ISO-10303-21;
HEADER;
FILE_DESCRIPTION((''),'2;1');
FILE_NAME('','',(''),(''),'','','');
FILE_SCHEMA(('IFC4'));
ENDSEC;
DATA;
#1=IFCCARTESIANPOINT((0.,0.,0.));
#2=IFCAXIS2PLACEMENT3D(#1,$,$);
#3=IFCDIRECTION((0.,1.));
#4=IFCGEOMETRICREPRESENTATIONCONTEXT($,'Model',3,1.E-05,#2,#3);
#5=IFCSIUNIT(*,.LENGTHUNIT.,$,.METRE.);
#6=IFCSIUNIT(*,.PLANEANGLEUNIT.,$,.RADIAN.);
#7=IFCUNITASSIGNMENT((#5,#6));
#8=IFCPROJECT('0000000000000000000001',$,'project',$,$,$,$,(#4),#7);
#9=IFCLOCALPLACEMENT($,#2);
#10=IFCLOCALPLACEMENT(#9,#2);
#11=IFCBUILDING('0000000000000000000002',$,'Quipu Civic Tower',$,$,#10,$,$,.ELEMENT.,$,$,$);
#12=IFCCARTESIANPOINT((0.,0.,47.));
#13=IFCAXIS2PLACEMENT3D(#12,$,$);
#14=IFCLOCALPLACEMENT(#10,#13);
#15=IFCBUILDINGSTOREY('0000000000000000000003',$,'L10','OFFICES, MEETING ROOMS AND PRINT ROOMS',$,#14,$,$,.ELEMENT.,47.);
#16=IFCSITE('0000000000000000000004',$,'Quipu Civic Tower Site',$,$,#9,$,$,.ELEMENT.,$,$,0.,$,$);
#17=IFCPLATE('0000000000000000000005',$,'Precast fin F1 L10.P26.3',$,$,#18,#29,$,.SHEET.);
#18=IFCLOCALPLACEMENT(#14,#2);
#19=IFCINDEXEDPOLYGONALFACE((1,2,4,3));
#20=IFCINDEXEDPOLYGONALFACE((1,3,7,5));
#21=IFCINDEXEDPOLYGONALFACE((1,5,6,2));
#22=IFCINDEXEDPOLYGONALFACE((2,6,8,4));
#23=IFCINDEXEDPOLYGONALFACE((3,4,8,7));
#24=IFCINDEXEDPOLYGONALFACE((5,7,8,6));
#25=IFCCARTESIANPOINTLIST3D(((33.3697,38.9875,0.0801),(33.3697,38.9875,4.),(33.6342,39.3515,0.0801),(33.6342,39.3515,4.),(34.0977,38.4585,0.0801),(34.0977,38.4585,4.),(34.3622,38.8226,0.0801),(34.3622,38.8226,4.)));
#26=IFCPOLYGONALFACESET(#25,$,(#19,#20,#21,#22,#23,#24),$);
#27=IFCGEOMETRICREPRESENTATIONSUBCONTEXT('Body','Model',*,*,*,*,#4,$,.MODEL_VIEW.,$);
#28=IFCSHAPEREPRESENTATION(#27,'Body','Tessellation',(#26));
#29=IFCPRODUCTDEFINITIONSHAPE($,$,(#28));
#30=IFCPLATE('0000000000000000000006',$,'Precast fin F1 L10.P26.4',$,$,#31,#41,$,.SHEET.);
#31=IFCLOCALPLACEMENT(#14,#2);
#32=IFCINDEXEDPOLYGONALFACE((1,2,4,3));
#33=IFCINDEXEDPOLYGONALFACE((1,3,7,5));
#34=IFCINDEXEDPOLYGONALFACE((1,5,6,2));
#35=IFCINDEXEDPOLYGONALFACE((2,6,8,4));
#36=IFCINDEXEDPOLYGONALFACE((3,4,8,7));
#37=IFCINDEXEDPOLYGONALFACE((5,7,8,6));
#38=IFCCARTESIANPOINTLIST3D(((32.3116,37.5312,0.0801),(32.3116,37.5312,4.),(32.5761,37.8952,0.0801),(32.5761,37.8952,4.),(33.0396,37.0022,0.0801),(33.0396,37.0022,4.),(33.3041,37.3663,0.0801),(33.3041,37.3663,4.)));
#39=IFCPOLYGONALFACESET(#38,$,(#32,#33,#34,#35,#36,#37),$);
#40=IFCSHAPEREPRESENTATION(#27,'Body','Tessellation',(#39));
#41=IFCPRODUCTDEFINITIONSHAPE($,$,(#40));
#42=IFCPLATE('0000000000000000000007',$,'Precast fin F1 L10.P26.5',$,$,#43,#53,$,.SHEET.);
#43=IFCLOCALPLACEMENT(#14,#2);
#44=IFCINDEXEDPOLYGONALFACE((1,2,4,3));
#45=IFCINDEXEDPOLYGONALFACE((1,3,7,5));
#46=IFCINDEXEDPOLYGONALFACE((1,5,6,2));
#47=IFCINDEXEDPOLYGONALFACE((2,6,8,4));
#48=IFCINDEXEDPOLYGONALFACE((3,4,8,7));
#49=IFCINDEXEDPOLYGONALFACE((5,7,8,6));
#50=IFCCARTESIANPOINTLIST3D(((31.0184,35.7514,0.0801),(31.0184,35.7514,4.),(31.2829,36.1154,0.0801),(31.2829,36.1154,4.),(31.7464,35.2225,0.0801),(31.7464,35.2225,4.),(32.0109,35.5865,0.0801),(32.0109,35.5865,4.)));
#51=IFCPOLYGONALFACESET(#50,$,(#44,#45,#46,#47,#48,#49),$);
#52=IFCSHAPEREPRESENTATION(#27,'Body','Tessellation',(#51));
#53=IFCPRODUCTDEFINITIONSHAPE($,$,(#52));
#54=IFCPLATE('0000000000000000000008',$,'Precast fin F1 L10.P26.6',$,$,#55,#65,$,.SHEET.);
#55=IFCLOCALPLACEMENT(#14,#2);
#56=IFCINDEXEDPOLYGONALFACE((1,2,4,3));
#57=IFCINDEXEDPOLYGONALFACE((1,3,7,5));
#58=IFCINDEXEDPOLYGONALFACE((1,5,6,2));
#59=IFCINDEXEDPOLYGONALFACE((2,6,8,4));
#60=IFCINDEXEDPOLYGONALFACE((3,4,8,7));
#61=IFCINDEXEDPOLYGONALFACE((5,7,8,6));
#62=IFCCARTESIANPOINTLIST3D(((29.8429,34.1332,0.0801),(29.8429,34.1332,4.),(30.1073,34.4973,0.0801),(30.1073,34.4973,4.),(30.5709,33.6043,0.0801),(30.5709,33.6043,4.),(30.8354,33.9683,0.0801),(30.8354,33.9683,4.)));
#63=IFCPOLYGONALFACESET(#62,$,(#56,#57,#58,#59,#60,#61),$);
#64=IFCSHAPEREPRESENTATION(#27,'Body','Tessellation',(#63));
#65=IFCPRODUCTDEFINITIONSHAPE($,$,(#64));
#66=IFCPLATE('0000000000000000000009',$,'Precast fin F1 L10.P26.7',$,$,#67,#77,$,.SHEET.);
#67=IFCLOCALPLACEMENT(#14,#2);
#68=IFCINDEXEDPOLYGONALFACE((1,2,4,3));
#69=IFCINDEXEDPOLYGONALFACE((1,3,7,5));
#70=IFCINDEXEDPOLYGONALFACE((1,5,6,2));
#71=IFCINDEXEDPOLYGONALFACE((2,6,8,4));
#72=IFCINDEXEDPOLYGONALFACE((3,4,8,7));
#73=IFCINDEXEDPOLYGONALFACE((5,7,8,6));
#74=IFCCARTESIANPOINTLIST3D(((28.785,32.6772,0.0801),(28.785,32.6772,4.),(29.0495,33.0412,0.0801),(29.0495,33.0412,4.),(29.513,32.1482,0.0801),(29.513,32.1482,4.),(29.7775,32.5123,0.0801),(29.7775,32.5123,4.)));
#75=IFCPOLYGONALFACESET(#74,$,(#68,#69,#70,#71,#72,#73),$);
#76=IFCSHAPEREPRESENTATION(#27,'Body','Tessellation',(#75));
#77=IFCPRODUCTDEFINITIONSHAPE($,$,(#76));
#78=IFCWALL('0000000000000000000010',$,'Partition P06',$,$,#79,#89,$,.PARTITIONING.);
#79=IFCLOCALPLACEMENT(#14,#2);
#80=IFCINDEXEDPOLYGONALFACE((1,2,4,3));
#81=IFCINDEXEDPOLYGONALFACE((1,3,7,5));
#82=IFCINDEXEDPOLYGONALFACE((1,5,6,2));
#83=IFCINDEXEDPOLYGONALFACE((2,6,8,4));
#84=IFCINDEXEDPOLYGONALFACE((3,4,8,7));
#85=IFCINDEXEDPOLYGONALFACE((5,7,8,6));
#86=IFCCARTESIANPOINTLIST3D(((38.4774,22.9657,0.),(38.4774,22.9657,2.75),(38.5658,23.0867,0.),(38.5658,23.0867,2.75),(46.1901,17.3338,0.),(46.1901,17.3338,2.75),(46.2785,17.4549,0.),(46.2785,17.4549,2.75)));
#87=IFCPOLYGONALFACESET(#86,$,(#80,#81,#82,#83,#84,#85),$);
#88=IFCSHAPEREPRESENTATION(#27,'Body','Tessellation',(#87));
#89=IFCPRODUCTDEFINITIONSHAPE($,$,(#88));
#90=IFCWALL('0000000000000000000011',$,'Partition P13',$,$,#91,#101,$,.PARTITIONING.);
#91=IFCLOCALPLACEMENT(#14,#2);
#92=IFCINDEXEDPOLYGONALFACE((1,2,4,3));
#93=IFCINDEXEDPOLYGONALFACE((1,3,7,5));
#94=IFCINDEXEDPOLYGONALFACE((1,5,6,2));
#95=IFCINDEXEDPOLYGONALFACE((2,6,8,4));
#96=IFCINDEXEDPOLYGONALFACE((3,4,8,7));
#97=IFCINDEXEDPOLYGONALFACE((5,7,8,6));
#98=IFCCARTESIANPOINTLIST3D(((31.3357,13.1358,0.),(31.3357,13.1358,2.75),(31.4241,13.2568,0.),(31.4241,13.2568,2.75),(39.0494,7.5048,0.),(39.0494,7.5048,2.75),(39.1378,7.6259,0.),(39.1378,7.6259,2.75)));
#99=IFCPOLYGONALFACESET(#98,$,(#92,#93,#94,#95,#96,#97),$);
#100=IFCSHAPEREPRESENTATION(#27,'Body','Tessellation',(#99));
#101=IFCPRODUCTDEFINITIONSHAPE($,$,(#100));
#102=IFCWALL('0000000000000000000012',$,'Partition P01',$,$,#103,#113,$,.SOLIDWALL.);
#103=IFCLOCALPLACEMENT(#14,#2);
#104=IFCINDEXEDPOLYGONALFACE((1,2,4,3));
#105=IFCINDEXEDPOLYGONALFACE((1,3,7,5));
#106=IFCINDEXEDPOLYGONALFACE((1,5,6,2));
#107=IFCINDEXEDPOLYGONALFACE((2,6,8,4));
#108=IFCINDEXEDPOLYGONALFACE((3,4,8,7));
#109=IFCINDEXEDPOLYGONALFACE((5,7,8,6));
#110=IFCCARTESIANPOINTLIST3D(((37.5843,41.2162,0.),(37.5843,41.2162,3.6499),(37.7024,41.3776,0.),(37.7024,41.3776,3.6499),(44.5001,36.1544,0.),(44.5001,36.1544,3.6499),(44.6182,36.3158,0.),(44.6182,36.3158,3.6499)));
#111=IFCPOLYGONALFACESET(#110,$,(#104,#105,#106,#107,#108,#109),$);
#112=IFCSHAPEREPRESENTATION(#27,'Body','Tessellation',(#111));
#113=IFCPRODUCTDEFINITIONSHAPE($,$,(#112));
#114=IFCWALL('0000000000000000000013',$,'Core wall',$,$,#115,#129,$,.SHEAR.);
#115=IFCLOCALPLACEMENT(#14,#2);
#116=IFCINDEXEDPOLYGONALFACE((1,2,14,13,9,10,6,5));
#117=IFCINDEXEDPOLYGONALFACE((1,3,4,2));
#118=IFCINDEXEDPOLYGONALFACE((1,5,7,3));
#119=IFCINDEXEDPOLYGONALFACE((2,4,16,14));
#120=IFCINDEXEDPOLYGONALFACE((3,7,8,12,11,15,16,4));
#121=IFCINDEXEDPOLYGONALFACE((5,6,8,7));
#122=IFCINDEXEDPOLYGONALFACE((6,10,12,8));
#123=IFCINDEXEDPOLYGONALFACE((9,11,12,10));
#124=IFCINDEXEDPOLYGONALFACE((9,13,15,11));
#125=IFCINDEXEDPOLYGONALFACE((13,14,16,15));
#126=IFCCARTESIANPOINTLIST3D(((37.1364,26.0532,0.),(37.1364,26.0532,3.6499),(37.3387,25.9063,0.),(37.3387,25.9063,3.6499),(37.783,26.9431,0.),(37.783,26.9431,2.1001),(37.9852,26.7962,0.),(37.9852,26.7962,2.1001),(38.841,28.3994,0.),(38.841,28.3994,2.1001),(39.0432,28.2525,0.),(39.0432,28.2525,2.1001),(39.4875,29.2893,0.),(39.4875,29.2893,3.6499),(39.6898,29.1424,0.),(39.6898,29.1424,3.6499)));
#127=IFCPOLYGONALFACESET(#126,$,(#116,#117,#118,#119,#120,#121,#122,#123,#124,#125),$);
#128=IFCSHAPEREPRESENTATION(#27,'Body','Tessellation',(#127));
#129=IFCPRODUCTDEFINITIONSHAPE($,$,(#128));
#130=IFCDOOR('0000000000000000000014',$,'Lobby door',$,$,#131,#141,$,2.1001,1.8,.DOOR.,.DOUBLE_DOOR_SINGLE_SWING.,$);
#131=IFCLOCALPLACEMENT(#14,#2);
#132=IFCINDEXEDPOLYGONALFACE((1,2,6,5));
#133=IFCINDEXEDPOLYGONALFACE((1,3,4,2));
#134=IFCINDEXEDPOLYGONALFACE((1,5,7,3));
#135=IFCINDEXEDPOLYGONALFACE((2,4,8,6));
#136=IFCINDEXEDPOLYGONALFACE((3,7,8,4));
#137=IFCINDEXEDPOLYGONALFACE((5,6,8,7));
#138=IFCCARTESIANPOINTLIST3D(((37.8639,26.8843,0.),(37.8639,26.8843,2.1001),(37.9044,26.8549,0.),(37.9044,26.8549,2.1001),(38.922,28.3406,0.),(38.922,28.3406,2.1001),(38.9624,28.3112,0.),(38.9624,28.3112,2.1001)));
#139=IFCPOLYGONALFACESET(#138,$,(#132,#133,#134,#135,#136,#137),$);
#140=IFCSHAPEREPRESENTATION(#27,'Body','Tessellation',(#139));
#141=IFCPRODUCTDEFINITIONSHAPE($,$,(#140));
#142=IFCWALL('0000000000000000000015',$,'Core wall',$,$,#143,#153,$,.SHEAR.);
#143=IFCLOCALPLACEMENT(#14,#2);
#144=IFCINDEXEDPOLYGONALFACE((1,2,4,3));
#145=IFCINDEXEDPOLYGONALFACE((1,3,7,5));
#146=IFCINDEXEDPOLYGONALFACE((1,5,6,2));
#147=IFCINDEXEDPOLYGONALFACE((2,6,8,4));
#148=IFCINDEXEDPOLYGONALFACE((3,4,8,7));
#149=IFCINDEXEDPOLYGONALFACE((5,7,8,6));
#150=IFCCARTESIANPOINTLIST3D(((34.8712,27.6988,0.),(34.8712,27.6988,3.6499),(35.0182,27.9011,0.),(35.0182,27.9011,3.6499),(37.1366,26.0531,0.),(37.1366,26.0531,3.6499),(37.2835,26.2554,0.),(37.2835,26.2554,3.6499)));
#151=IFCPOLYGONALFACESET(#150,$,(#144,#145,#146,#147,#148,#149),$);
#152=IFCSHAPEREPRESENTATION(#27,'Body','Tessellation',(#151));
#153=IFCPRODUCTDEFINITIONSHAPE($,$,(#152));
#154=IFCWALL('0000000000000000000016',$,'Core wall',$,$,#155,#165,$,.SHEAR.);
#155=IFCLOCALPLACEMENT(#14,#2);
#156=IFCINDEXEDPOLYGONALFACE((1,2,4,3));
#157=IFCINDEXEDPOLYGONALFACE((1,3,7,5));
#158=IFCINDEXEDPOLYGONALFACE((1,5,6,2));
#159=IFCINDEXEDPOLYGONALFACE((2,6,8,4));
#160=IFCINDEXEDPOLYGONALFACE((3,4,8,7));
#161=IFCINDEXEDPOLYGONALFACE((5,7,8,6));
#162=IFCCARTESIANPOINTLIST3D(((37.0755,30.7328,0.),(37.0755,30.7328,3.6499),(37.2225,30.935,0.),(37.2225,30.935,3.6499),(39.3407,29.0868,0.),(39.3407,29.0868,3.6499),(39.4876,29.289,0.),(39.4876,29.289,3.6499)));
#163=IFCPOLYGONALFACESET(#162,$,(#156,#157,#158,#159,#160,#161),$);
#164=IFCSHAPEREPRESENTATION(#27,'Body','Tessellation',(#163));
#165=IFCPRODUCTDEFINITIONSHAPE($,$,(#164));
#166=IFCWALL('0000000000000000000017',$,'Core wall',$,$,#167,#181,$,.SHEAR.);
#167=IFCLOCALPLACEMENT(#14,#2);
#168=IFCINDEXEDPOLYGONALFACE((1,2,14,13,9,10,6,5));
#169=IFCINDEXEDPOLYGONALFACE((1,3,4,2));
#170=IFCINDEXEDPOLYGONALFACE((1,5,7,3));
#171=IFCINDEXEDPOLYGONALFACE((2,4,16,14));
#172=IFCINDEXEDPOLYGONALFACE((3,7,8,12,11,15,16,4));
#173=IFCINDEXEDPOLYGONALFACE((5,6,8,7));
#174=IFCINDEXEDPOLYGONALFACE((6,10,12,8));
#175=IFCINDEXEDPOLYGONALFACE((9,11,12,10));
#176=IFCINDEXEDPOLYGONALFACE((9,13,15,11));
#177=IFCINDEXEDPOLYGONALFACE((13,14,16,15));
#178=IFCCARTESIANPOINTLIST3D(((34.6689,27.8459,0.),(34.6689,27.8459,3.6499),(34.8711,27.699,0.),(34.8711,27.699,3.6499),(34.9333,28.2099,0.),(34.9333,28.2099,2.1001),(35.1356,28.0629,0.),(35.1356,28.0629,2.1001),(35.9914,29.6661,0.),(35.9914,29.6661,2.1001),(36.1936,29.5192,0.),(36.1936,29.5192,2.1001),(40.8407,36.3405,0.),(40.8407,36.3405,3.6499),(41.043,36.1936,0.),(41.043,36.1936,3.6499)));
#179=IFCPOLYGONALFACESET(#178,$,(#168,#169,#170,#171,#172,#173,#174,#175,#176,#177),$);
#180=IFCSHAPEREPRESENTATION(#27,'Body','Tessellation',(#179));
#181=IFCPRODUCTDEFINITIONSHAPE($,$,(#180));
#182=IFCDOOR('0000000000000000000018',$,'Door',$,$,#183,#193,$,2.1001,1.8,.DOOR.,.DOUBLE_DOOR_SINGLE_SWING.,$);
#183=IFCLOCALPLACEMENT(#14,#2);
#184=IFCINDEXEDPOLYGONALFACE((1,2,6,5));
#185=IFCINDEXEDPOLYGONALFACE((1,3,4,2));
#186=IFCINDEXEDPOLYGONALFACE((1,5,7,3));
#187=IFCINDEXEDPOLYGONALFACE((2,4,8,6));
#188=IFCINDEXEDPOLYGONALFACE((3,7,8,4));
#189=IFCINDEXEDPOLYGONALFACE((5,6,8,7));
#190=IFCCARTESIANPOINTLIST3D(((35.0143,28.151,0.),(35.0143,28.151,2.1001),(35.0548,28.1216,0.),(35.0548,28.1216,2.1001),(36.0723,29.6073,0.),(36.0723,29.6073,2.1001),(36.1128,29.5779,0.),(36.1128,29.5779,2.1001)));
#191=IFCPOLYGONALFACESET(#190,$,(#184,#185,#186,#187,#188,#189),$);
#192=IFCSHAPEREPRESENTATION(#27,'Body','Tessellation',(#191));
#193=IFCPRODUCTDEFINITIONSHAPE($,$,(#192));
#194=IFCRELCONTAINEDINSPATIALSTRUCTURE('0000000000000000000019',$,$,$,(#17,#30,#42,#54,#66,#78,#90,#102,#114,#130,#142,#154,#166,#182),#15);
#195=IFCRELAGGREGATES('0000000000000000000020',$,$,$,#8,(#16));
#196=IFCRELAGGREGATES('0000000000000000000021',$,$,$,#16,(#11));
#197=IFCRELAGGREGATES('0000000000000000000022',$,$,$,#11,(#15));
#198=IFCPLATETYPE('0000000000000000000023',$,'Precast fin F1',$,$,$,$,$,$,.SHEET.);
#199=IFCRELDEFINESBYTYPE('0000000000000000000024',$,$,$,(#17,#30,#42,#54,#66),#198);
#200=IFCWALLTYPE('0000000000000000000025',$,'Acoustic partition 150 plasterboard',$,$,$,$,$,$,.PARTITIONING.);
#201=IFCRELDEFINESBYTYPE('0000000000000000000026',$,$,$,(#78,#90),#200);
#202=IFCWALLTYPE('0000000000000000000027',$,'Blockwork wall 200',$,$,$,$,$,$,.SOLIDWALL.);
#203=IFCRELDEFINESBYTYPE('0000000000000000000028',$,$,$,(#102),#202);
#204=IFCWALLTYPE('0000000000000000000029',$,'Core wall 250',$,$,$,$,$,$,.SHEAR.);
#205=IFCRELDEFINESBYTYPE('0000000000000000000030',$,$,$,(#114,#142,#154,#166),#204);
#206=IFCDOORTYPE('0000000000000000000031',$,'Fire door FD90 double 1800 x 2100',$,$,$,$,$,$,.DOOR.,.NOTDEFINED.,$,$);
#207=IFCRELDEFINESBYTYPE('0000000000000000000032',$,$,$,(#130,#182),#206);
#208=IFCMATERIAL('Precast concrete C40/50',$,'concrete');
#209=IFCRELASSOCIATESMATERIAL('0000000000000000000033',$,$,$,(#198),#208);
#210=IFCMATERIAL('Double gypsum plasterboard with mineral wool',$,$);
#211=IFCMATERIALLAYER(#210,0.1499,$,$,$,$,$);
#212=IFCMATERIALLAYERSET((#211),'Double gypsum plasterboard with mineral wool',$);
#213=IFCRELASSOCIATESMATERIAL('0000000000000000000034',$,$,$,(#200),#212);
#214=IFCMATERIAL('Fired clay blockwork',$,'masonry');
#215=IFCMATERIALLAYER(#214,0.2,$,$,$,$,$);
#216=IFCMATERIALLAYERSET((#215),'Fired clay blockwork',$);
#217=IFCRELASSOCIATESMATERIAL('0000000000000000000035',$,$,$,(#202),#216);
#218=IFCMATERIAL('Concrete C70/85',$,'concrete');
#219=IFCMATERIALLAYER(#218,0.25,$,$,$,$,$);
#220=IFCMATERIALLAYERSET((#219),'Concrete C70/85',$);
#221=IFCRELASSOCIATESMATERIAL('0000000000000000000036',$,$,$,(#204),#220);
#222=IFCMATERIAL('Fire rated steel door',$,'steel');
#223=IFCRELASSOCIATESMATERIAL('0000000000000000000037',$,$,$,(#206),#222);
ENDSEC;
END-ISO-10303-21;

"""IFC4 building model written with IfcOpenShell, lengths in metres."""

from ifc_helpers import new_model, si_unit, direction, frame, frame_2d, origin, origin_2d, place, context, subcontext, project, spatial, rectangle, extrude, material, layer, layer_set, type_object, element, fill, save


model = new_model("IFC4")

# Units and contexts
model_context = context("Model", 3, precision=1e-05, world=origin(), true_north=direction((0.0, 1.0)))
body_context = subcontext(model_context, "Body", "Model", "MODEL_VIEW")
ifc_project = project(units=[si_unit("LENGTHUNIT", "METRE"), si_unit("PLANEANGLEUNIT", "RADIAN")], contexts=[model_context])

# Site, building, storey
site_placement = place(None, origin())
site = spatial("IfcSite", under=ifc_project, at=site_placement, Name="Quipu Civic Tower Site", CompositionType="ELEMENT", RefElevation=0.0)
building_placement = place(site_placement, origin())
building = spatial("IfcBuilding", under=site, at=building_placement, Name="Quipu Civic Tower", CompositionType="ELEMENT")
storey_placement = place(building_placement, frame((0.0, 0.0, 47.0)))
storey = spatial("IfcBuildingStorey", under=building, at=storey_placement, Name="L10", Description="OFFICES, MEETING ROOMS AND PRINT ROOMS", CompositionType="ELEMENT", Elevation=47.0)

# Plates
ifc_material_1 = material(Name="Precast concrete C40/50", Category="concrete")
plate_type_1 = type_object("IfcPlateType", Name="Precast fin F1", PredefinedType="SHEET", material=ifc_material_1)
for number, where, z_axis, x_axis, name in (
    (1, (33.866, 38.905, 0.0801), (0.0, 0.0, 1.0), (-0.587785, -0.809017, 0.0), "Precast fin F1 L10.P26.3"),
    (2, (32.8079, 37.4487, 0.0801), (0.0, 0.0, 1.0), (-0.587785, -0.809017, 0.0), "Precast fin F1 L10.P26.4"),
    (3, (31.5146, 35.6689, 0.0801), (0.0, 0.0, 1.0), (-0.587785, -0.809017, 0.0), "Precast fin F1 L10.P26.5"),
    (4, (30.3391, 34.0508, 0.0801), (0.0, 0.0, 1.0), (-0.587785, -0.809017, 0.0), "Precast fin F1 L10.P26.6"),
    (5, (29.2812, 32.5947, 0.0801), (0.0, 0.0, 1.0), (-0.587785, -0.809017, 0.0), "Precast fin F1 L10.P26.7"),
):
    element("IfcPlate", number, at=place(storey_placement, frame(where, z_axis=z_axis, x_axis=x_axis)), inside=storey, type_object=plate_type_1, Name=name, PredefinedType="SHEET", context=body_context, shape_type="SweptSolid", body=[
        extrude(rectangle(XDim=0.45, YDim=0.8999, at=origin_2d()), origin(), (0.0, 0.0, 1.0), 3.9199),
    ])

# Walls
ifc_material_2 = material(Name="Double gypsum plasterboard with mineral wool")
ifc_layer_1 = layer(ifc_material_2, 0.1499)
ifc_layer_set_1 = layer_set([ifc_layer_1], Name="Double gypsum plasterboard with mineral wool")
wall_type_1 = type_object("IfcWallType", Name="Acoustic partition 150 plasterboard", PredefinedType="PARTITIONING", material=ifc_layer_set_1)
wall_1_placement = place(storey_placement, frame((38.5217, 23.0261, 0.0), z_axis=(0.0, 0.0, 1.0), x_axis=(0.807607, -0.589721, 0.0)))
element("IfcWall", 6, at=wall_1_placement, inside=storey, type_object=wall_type_1, Name="Partition P06", PredefinedType="PARTITIONING", context=body_context, shape_type="SweptSolid", body=[
    extrude(rectangle(XDim=9.55, YDim=0.1499, at=frame_2d((4.7749, 0.0))), origin(), (0.0, 0.0, 1.0), 2.75),
])
wall_2_placement = place(storey_placement, frame((31.3799, 13.1963, 0.0), z_axis=(0.0, 0.0, 1.0), x_axis=(0.807691, -0.589606, 0.0)))
element("IfcWall", 7, at=wall_2_placement, inside=storey, type_object=wall_type_1, Name="Partition P13", PredefinedType="PARTITIONING", context=body_context, shape_type="SweptSolid", body=[
    extrude(rectangle(XDim=9.5503, YDim=0.1499, at=frame_2d((4.7751, 0.0))), origin(), (0.0, 0.0, 1.0), 2.75),
])
ifc_material_3 = material(Name="Fired clay blockwork", Category="masonry")
ifc_layer_2 = layer(ifc_material_3, 0.2)
ifc_layer_set_2 = layer_set([ifc_layer_2], Name="Fired clay blockwork")
wall_type_2 = type_object("IfcWallType", Name="Blockwork wall 200", PredefinedType="SOLIDWALL", material=ifc_layer_set_2)
wall_3_placement = place(storey_placement, frame((37.6433, 41.2969, 0.0), z_axis=(0.0, 0.0, 1.0), x_axis=(0.80695, -0.59062, 0.0)))
element("IfcWall", 8, at=wall_3_placement, inside=storey, type_object=wall_type_2, Name="Partition P01", PredefinedType="SOLIDWALL", context=body_context, shape_type="SweptSolid", body=[
    extrude(rectangle(XDim=8.5703, YDim=0.2, at=frame_2d((4.2852, 0.0))), origin(), (0.0, 0.0, 1.0), 3.6499),
])

# Wall, opening, door
ifc_material_4 = material(Name="Concrete C70/85", Category="concrete")
ifc_layer_3 = layer(ifc_material_4, 0.25)
ifc_layer_set_3 = layer_set([ifc_layer_3], Name="Concrete C70/85")
wall_type_3 = type_object("IfcWallType", Name="Core wall 250", PredefinedType="SHEAR", material=ifc_layer_set_3)
wall_4_placement = place(storey_placement, frame((37.2375, 25.9797, 0.0), z_axis=(0.0, 0.0, 1.0), x_axis=(0.587772, 0.809026, 0.0)))
wall_4 = element("IfcWall", 9, at=wall_4_placement, inside=storey, type_object=wall_type_3, Name="Core wall", PredefinedType="SHEAR", context=body_context, shape_type="SweptSolid", body=[
    extrude(rectangle(XDim=4.0, YDim=0.25, at=frame_2d((2.0, 0.0))), origin(), (0.0, 0.0, 1.0), 3.6499),
])
opening_1_placement = place(wall_4_placement, frame((1.1001, 0.0, 0.0)))
opening_1 = element("IfcOpeningElement", 10, at=opening_1_placement, cuts=wall_4, PredefinedType="OPENING", context=body_context, shape_type="SweptSolid", body=[
    extrude(rectangle(XDim=1.8, YDim=2.1001, at=frame_2d((0.8999, 1.05))), frame((0.0, 0.135, 0.0), z_axis=(0.0, -1.0, 0.0), x_axis=(1.0, 0.0, 0.0)), (0.0, 0.0, 1.0), 0.27),
])
ifc_material_5 = material(Name="Fire rated steel door", Category="steel")
door_type = type_object("IfcDoorType", Name="Fire door FD90 double 1800 x 2100", OperationType="NOTDEFINED", PredefinedType="DOOR", material=ifc_material_5)
door_1_placement = place(opening_1_placement, origin())
door_1 = element("IfcDoor", 11, at=door_1_placement, inside=storey, type_object=door_type, Name="Lobby door", OperationType="DOUBLE_DOOR_SINGLE_SWING", OverallHeight=2.1001, OverallWidth=1.8, PredefinedType="DOOR", context=body_context, shape_type="SweptSolid", body=[
    extrude(rectangle(XDim=1.8, YDim=2.1001, at=frame_2d((0.8999, 1.05))), frame((0.0, 0.0249, 0.0), z_axis=(0.0, -1.0, 0.0), x_axis=(1.0, 0.0, 0.0)), (0.0, 0.0, 1.0), 0.05),
])
fill(opening_1, door_1)

# Walls
for number, where, z_axis, x_axis, name in (
    (12, (37.21, 26.1543, 0.0), (0.0, 0.0, 1.0), (-0.809041, 0.587752, 0.0), "Core wall"),
    (13, (39.4141, 29.188, 0.0), (0.0, 0.0, 1.0), (-0.80897, 0.58785, 0.0), "Core wall"),
):
    element("IfcWall", number, at=place(storey_placement, frame(where, z_axis=z_axis, x_axis=x_axis)), inside=storey, type_object=wall_type_3, Name=name, PredefinedType="SHEAR", context=body_context, shape_type="SweptSolid", body=[
        extrude(rectangle(XDim=2.8, YDim=0.25, at=frame_2d((1.3999, 0.0))), origin(), (0.0, 0.0, 1.0), 3.6499),
    ])

# Wall, opening, door
wall_5_placement = place(storey_placement, frame((34.77, 27.7725, 0.0), z_axis=(0.0, 0.0, 1.0), x_axis=(0.587796, 0.809009, 0.0)))
wall_5 = element("IfcWall", 14, at=wall_5_placement, inside=storey, type_object=wall_type_3, Name="Core wall", PredefinedType="SHEAR", context=body_context, shape_type="SweptSolid", body=[
    extrude(rectangle(XDim=10.5, YDim=0.25, at=frame_2d((5.25, 0.0))), origin(), (0.0, 0.0, 1.0), 3.6499),
])
opening_2_placement = place(wall_5_placement, frame((0.45, 0.0, 0.0)))
opening_2 = element("IfcOpeningElement", 15, at=opening_2_placement, cuts=wall_5, PredefinedType="OPENING", context=body_context, shape_type="SweptSolid", body=[
    extrude(rectangle(XDim=1.8, YDim=2.1001, at=frame_2d((0.8999, 1.05))), frame((0.0, 0.135, 0.0), z_axis=(0.0, -1.0, 0.0), x_axis=(1.0, 0.0, 0.0)), (0.0, 0.0, 1.0), 0.27),
])
door_2_placement = place(opening_2_placement, origin())
door_2 = element("IfcDoor", 16, at=door_2_placement, inside=storey, type_object=door_type, Name="Door", OperationType="DOUBLE_DOOR_SINGLE_SWING", OverallHeight=2.1001, OverallWidth=1.8, PredefinedType="DOOR", context=body_context, shape_type="SweptSolid", body=[
    extrude(rectangle(XDim=1.8, YDim=2.1001, at=frame_2d((0.8999, 1.05))), frame((0.0, 0.0249, 0.0), z_axis=(0.0, -1.0, 0.0), x_axis=(1.0, 0.0, 0.0)), (0.0, 0.0, 1.0), 0.05),
])
fill(opening_2, door_2)

save(model, "model.ifc")
